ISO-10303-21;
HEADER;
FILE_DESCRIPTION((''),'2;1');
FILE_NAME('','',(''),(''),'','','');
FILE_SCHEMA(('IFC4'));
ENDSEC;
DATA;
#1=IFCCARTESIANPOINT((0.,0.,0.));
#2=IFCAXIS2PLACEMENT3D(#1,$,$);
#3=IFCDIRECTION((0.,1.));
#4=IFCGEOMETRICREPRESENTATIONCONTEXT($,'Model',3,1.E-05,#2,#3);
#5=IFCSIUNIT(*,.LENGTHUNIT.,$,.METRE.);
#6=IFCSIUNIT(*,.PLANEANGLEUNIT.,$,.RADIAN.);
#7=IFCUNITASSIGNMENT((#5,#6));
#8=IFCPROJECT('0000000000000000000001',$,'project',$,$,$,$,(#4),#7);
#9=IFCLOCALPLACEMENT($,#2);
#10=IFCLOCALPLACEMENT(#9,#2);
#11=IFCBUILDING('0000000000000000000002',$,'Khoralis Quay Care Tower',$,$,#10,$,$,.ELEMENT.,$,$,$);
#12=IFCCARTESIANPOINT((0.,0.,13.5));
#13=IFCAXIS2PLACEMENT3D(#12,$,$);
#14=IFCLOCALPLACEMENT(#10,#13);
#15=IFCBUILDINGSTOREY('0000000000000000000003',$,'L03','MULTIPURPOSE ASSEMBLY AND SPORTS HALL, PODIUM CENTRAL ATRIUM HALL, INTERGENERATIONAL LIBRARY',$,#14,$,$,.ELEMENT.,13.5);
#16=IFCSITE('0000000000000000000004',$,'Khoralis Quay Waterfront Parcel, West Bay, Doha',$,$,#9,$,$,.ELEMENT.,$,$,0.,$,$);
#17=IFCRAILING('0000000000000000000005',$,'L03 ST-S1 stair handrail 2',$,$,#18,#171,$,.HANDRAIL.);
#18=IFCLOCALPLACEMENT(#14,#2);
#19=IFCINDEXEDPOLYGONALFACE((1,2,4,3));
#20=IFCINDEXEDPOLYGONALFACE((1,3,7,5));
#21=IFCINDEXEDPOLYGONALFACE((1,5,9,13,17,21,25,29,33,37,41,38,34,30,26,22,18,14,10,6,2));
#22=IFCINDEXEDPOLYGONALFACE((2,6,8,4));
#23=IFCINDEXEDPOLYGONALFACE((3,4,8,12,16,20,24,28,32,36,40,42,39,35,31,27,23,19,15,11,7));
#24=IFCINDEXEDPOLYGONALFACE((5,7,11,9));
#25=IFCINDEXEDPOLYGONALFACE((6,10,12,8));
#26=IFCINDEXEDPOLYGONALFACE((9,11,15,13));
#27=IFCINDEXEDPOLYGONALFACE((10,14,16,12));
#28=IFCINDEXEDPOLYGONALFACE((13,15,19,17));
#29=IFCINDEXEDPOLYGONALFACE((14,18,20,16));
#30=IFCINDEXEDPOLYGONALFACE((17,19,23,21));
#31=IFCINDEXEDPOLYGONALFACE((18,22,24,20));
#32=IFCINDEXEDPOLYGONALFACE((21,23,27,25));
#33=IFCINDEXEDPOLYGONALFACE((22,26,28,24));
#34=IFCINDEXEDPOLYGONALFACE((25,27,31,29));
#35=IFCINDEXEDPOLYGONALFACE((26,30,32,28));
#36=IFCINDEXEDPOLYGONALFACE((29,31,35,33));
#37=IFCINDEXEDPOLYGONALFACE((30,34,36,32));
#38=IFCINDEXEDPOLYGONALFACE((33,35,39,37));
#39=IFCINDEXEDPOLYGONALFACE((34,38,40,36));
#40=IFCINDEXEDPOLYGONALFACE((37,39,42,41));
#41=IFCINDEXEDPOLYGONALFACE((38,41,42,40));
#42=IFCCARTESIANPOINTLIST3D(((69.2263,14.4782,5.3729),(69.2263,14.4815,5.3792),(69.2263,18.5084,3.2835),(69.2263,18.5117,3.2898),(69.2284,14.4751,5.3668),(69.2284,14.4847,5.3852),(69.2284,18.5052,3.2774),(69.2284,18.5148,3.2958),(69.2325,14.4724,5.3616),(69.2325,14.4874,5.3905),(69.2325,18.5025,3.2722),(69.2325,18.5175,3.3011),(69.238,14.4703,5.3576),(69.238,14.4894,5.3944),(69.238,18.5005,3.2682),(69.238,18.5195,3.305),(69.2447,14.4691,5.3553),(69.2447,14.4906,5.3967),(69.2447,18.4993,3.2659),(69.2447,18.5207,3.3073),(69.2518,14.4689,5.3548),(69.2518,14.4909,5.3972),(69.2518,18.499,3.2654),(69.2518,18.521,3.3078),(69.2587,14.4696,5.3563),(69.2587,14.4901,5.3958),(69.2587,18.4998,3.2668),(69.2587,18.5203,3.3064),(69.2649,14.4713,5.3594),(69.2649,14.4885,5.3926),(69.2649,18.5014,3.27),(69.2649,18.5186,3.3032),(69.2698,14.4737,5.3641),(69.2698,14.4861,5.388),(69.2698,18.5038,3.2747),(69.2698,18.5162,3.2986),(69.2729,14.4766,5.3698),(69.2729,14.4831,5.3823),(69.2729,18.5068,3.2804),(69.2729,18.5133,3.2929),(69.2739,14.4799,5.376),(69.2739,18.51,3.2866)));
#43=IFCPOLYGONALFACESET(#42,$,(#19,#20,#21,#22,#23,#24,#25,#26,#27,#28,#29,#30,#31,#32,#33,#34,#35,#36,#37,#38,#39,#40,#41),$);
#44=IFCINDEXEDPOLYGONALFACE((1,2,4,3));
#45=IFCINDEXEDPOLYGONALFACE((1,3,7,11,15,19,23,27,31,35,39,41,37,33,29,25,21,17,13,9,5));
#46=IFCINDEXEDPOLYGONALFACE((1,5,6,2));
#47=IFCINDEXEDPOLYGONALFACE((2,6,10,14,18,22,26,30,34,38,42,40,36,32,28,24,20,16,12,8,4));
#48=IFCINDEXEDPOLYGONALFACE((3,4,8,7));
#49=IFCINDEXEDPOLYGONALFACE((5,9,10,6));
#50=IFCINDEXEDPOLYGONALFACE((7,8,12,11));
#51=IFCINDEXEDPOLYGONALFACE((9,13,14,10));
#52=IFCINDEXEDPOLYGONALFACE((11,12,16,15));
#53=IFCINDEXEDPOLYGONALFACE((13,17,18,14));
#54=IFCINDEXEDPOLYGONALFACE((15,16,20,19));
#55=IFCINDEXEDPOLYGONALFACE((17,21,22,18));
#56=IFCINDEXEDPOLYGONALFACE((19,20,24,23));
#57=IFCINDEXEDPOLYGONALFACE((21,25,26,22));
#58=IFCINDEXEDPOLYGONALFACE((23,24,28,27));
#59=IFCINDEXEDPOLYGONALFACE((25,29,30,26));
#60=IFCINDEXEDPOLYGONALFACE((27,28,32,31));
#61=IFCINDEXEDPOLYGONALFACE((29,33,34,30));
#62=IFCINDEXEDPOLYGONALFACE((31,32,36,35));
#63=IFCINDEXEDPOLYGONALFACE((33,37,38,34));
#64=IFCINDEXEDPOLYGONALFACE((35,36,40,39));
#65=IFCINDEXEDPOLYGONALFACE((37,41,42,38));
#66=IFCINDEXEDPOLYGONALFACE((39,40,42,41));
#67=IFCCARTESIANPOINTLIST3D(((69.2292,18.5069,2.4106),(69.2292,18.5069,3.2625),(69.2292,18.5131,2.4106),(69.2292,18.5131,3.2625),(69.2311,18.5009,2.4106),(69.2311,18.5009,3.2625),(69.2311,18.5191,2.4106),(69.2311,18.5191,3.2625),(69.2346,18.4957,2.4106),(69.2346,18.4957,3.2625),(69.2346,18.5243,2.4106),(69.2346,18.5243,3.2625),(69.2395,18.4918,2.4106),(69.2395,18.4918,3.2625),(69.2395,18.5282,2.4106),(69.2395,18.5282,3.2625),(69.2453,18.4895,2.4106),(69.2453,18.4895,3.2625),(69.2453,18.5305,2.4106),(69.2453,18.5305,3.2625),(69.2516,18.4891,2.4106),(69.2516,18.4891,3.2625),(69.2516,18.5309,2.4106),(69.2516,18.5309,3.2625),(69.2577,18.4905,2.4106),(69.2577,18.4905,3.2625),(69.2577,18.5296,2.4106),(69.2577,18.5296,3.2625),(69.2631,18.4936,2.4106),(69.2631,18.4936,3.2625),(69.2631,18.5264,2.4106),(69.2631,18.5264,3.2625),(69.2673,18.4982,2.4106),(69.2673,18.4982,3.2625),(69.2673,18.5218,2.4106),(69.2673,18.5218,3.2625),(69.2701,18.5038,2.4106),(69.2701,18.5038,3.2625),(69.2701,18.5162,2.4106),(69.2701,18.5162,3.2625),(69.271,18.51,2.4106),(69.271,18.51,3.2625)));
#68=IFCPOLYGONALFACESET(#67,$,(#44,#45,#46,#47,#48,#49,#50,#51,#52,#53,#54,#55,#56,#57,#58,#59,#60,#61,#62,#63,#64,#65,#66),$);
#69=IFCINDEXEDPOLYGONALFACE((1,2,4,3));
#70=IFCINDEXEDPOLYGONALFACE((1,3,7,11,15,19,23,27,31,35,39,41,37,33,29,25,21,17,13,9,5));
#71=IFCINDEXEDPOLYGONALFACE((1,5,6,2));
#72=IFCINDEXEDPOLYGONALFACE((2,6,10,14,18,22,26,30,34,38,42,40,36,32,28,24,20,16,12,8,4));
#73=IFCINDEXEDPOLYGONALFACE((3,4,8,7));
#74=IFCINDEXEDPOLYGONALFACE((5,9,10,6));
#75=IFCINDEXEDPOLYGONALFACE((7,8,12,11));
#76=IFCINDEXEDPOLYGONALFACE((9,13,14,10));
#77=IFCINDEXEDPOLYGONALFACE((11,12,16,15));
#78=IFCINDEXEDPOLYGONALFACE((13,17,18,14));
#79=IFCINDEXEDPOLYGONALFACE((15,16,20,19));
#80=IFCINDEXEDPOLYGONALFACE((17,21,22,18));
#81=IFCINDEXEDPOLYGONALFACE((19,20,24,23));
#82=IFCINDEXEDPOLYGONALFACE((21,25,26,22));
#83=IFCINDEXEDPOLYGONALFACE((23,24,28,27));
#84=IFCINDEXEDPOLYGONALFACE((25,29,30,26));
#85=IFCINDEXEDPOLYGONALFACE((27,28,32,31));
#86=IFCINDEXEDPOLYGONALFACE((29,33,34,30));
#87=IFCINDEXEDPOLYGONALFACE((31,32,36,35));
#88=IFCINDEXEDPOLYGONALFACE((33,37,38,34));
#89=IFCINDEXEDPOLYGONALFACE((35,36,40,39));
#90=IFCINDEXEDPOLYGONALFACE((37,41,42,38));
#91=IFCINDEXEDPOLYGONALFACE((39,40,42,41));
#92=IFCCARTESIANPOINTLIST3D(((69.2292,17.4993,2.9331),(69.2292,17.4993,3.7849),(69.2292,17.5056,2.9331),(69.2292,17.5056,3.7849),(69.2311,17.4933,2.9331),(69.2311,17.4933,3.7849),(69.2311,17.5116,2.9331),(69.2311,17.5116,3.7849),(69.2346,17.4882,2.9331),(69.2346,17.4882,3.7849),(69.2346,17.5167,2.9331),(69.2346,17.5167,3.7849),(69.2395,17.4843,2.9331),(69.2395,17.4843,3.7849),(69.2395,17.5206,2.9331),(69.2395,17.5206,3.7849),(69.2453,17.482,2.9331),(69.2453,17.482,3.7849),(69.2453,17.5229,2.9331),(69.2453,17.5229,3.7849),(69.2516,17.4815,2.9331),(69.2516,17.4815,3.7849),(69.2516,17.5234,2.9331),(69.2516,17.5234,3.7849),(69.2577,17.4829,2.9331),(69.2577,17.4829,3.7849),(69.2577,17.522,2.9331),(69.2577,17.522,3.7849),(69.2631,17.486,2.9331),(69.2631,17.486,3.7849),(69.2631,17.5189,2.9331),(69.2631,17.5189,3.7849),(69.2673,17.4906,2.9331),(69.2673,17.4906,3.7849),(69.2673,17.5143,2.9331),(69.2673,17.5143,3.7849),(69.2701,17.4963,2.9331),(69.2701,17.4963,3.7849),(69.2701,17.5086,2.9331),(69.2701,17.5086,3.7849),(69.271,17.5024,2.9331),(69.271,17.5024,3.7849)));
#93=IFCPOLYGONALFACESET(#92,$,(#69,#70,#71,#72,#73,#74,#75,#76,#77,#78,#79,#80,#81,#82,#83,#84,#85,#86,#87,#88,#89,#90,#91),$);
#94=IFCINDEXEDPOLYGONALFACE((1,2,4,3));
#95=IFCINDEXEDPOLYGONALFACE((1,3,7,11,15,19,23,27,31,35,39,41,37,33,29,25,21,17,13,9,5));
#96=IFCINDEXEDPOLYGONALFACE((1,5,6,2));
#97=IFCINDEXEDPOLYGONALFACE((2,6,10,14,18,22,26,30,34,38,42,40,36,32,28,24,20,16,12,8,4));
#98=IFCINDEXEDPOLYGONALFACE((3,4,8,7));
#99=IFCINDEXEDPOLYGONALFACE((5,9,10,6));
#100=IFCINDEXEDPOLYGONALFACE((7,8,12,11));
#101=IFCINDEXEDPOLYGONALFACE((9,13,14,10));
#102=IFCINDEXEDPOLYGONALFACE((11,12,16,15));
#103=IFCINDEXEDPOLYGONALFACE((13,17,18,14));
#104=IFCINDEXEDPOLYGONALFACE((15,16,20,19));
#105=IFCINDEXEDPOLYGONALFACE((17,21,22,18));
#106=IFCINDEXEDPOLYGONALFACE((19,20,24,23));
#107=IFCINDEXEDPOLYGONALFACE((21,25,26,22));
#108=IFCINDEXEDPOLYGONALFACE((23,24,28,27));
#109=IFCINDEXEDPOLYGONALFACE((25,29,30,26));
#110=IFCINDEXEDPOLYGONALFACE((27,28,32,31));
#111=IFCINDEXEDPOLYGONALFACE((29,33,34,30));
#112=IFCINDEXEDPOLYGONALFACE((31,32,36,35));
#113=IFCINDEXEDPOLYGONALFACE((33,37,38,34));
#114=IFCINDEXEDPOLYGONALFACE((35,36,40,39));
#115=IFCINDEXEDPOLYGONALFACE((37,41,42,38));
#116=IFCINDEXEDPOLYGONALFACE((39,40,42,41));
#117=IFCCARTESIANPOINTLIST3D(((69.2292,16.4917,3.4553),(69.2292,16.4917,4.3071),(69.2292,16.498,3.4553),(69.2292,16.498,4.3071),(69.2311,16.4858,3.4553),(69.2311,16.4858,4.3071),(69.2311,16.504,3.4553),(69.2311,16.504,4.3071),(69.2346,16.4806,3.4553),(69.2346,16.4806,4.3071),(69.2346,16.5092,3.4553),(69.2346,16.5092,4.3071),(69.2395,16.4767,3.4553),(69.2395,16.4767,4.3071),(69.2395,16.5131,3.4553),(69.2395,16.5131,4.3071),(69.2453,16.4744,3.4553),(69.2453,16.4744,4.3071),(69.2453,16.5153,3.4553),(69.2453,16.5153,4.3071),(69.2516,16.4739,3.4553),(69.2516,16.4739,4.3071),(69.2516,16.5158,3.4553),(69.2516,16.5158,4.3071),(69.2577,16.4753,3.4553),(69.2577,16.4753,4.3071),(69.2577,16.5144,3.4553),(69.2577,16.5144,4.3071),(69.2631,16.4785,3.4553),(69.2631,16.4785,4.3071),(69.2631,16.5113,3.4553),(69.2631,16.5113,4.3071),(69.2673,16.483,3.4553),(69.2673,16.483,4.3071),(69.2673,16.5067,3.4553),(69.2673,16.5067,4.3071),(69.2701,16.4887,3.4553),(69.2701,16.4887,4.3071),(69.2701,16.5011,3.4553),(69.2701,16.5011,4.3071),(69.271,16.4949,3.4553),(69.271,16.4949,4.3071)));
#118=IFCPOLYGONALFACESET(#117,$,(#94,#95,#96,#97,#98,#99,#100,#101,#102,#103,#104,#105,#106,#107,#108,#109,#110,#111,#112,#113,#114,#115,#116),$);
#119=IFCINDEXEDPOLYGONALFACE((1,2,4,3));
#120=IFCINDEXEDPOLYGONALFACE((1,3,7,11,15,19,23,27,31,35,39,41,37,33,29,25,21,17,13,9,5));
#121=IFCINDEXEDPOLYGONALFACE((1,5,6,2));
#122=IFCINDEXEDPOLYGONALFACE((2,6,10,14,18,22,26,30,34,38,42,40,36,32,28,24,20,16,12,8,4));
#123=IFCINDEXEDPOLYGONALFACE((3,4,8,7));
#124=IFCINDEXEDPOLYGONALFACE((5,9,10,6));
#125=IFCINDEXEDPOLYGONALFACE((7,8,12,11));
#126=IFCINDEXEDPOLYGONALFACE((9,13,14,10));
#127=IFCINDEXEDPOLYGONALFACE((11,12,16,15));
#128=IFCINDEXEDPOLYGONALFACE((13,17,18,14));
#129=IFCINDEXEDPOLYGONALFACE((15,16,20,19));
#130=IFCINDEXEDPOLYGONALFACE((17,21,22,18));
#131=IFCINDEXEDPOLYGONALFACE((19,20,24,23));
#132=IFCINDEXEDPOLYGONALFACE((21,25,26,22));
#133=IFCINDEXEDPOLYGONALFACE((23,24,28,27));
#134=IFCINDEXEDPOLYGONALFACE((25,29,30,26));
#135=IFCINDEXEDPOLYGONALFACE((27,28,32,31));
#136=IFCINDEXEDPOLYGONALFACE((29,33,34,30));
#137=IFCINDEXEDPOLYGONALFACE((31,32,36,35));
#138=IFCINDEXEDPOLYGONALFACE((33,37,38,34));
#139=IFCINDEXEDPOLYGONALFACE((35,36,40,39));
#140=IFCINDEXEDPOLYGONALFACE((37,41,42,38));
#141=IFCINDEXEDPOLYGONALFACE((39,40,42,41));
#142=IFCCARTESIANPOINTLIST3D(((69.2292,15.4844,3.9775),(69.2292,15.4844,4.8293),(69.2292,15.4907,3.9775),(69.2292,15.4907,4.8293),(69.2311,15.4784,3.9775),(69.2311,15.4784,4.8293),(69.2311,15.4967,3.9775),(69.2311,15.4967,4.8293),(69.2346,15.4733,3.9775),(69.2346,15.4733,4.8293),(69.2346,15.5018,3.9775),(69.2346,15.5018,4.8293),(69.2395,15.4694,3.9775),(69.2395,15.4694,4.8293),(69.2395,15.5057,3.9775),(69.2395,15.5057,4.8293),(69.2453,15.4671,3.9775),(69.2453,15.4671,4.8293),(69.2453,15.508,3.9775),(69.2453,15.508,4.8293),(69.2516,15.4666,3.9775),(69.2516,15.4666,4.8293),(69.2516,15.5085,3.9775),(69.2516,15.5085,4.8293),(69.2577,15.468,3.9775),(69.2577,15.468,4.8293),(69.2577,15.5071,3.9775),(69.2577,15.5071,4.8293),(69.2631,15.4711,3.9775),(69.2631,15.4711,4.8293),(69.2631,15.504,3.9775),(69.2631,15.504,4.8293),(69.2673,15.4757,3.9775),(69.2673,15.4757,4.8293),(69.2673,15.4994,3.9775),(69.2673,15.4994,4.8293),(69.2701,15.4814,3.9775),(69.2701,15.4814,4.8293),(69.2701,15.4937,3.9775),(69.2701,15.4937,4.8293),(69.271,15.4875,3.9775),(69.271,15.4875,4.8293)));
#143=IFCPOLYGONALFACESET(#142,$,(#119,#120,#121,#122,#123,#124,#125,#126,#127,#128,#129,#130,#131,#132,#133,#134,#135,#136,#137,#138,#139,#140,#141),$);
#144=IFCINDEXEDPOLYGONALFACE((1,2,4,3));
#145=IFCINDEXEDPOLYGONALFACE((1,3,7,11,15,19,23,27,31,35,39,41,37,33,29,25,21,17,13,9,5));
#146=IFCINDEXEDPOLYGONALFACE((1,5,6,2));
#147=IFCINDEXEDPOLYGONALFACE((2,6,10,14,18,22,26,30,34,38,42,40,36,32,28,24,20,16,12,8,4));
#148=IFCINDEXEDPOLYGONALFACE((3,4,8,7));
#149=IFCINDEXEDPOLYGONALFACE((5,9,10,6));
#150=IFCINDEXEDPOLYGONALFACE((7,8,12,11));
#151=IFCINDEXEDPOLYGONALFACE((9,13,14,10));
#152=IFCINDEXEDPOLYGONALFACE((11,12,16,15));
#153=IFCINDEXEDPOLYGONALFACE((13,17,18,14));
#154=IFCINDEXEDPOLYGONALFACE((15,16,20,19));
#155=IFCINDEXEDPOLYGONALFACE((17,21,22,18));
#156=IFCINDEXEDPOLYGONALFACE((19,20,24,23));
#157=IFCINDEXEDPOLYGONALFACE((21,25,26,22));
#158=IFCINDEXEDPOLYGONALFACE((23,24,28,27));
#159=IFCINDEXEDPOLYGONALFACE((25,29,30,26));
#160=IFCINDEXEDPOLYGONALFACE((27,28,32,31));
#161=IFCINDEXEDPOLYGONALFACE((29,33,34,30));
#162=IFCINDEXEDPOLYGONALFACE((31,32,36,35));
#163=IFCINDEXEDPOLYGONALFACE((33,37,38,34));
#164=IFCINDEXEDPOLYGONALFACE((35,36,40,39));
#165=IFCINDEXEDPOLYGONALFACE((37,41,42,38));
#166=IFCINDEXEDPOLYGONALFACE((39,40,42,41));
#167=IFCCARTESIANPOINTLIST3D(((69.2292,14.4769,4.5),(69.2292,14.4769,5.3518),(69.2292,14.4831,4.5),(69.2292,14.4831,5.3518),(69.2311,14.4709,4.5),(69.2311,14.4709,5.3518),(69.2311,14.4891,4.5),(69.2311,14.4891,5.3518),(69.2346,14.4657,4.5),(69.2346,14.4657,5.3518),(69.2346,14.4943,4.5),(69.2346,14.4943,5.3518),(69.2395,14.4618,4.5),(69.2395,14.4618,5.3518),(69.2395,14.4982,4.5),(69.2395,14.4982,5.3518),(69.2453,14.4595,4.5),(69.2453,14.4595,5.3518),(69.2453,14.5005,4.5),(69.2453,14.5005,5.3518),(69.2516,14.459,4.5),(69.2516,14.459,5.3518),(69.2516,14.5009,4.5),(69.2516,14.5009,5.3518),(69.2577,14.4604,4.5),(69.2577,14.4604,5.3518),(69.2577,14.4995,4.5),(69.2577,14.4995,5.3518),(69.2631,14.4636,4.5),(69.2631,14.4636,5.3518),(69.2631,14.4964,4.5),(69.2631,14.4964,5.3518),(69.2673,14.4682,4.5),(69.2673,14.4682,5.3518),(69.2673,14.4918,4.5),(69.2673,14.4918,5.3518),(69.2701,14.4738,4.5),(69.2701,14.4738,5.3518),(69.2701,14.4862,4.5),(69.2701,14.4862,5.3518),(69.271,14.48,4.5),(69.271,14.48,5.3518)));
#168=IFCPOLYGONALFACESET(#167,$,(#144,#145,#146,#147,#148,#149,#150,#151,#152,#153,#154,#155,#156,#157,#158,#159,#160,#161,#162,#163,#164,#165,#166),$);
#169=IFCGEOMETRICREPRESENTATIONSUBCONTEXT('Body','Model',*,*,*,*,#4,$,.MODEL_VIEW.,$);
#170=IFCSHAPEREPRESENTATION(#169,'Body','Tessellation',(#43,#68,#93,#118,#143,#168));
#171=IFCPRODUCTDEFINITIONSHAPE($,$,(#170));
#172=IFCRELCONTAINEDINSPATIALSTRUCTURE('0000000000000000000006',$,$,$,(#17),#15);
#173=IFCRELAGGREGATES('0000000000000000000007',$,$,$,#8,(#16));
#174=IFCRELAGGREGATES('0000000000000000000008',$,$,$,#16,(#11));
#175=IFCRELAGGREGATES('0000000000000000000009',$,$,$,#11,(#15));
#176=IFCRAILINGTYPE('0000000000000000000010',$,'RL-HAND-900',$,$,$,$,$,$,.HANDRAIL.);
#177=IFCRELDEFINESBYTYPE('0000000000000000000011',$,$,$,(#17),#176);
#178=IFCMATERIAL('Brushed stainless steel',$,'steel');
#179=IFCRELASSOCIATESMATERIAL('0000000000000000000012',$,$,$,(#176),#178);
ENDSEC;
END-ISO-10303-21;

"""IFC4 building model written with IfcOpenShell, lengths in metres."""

from ifc_helpers import new_model, si_unit, direction, frame, origin, origin_2d, place, context, subcontext, project, spatial, circle, extrude, material, type_object, element, save


model = new_model("IFC4")

# Units and contexts
model_context = context("Model", 3, precision=1e-05, world=origin(), true_north=direction((0.0, 1.0)))
body_context = subcontext(model_context, "Body", "Model", "MODEL_VIEW")
ifc_project = project(units=[si_unit("LENGTHUNIT", "METRE"), si_unit("PLANEANGLEUNIT", "RADIAN")], contexts=[model_context])

# Site, building, storey
site_placement = place(None, origin())
site = spatial("IfcSite", under=ifc_project, at=site_placement, Name="Khoralis Quay Waterfront Parcel, West Bay, Doha", CompositionType="ELEMENT", RefElevation=0.0)
building_placement = place(site_placement, origin())
building = spatial("IfcBuilding", under=site, at=building_placement, Name="Khoralis Quay Care Tower", CompositionType="ELEMENT")
storey_placement = place(building_placement, frame((0.0, 0.0, 13.5)))
storey = spatial("IfcBuildingStorey", under=building, at=storey_placement, Name="L03", Description="MULTIPURPOSE ASSEMBLY AND SPORTS HALL, PODIUM CENTRAL ATRIUM HALL, INTERGENERATIONAL LIBRARY", CompositionType="ELEMENT", Elevation=13.5)

# Railing
ifc_material_1 = material(Name="Brushed stainless steel", Category="steel")
railing_type_1 = type_object("IfcRailingType", Name="RL-HAND-900", PredefinedType="HANDRAIL", material=ifc_material_1)
railing_1_placement = place(storey_placement, frame((69.25, 18.51, 2.4106)))
element("IfcRailing", 1, at=railing_1_placement, inside=storey, type_object=railing_type_1, Name="L03 ST-S1 stair handrail 2", PredefinedType="HANDRAIL", context=body_context, shape_type="SweptSolid", body=[
    extrude(circle(Radius=0.0239, at=origin_2d()), frame((0.0, 0.0, 0.876), z_axis=(0.0, -0.887781, 0.460267), x_axis=(1.0, 0.0, 0.0)), (0.0, 0.0, 1.0), 4.5396),
    extrude(circle(Radius=0.021, at=origin_2d()), origin(), (0.0, 0.0, 1.0), 0.8518),
    extrude(circle(Radius=0.021, at=origin_2d()), frame((0.0, -1.0076, 0.5225)), (0.0, 0.0, 1.0), 0.8518),
    extrude(circle(Radius=0.021, at=origin_2d()), frame((0.0, -2.0151, 1.0447)), (0.0, 0.0, 1.0), 0.8518),
    extrude(circle(Radius=0.021, at=origin_2d()), frame((0.0, -3.0225, 1.5669)), (0.0, 0.0, 1.0), 0.8518),
    extrude(circle(Radius=0.021, at=origin_2d()), frame((0.0, -4.03, 2.0894)), (0.0, 0.0, 1.0), 0.8518),
])

save(model, "model.ifc")
